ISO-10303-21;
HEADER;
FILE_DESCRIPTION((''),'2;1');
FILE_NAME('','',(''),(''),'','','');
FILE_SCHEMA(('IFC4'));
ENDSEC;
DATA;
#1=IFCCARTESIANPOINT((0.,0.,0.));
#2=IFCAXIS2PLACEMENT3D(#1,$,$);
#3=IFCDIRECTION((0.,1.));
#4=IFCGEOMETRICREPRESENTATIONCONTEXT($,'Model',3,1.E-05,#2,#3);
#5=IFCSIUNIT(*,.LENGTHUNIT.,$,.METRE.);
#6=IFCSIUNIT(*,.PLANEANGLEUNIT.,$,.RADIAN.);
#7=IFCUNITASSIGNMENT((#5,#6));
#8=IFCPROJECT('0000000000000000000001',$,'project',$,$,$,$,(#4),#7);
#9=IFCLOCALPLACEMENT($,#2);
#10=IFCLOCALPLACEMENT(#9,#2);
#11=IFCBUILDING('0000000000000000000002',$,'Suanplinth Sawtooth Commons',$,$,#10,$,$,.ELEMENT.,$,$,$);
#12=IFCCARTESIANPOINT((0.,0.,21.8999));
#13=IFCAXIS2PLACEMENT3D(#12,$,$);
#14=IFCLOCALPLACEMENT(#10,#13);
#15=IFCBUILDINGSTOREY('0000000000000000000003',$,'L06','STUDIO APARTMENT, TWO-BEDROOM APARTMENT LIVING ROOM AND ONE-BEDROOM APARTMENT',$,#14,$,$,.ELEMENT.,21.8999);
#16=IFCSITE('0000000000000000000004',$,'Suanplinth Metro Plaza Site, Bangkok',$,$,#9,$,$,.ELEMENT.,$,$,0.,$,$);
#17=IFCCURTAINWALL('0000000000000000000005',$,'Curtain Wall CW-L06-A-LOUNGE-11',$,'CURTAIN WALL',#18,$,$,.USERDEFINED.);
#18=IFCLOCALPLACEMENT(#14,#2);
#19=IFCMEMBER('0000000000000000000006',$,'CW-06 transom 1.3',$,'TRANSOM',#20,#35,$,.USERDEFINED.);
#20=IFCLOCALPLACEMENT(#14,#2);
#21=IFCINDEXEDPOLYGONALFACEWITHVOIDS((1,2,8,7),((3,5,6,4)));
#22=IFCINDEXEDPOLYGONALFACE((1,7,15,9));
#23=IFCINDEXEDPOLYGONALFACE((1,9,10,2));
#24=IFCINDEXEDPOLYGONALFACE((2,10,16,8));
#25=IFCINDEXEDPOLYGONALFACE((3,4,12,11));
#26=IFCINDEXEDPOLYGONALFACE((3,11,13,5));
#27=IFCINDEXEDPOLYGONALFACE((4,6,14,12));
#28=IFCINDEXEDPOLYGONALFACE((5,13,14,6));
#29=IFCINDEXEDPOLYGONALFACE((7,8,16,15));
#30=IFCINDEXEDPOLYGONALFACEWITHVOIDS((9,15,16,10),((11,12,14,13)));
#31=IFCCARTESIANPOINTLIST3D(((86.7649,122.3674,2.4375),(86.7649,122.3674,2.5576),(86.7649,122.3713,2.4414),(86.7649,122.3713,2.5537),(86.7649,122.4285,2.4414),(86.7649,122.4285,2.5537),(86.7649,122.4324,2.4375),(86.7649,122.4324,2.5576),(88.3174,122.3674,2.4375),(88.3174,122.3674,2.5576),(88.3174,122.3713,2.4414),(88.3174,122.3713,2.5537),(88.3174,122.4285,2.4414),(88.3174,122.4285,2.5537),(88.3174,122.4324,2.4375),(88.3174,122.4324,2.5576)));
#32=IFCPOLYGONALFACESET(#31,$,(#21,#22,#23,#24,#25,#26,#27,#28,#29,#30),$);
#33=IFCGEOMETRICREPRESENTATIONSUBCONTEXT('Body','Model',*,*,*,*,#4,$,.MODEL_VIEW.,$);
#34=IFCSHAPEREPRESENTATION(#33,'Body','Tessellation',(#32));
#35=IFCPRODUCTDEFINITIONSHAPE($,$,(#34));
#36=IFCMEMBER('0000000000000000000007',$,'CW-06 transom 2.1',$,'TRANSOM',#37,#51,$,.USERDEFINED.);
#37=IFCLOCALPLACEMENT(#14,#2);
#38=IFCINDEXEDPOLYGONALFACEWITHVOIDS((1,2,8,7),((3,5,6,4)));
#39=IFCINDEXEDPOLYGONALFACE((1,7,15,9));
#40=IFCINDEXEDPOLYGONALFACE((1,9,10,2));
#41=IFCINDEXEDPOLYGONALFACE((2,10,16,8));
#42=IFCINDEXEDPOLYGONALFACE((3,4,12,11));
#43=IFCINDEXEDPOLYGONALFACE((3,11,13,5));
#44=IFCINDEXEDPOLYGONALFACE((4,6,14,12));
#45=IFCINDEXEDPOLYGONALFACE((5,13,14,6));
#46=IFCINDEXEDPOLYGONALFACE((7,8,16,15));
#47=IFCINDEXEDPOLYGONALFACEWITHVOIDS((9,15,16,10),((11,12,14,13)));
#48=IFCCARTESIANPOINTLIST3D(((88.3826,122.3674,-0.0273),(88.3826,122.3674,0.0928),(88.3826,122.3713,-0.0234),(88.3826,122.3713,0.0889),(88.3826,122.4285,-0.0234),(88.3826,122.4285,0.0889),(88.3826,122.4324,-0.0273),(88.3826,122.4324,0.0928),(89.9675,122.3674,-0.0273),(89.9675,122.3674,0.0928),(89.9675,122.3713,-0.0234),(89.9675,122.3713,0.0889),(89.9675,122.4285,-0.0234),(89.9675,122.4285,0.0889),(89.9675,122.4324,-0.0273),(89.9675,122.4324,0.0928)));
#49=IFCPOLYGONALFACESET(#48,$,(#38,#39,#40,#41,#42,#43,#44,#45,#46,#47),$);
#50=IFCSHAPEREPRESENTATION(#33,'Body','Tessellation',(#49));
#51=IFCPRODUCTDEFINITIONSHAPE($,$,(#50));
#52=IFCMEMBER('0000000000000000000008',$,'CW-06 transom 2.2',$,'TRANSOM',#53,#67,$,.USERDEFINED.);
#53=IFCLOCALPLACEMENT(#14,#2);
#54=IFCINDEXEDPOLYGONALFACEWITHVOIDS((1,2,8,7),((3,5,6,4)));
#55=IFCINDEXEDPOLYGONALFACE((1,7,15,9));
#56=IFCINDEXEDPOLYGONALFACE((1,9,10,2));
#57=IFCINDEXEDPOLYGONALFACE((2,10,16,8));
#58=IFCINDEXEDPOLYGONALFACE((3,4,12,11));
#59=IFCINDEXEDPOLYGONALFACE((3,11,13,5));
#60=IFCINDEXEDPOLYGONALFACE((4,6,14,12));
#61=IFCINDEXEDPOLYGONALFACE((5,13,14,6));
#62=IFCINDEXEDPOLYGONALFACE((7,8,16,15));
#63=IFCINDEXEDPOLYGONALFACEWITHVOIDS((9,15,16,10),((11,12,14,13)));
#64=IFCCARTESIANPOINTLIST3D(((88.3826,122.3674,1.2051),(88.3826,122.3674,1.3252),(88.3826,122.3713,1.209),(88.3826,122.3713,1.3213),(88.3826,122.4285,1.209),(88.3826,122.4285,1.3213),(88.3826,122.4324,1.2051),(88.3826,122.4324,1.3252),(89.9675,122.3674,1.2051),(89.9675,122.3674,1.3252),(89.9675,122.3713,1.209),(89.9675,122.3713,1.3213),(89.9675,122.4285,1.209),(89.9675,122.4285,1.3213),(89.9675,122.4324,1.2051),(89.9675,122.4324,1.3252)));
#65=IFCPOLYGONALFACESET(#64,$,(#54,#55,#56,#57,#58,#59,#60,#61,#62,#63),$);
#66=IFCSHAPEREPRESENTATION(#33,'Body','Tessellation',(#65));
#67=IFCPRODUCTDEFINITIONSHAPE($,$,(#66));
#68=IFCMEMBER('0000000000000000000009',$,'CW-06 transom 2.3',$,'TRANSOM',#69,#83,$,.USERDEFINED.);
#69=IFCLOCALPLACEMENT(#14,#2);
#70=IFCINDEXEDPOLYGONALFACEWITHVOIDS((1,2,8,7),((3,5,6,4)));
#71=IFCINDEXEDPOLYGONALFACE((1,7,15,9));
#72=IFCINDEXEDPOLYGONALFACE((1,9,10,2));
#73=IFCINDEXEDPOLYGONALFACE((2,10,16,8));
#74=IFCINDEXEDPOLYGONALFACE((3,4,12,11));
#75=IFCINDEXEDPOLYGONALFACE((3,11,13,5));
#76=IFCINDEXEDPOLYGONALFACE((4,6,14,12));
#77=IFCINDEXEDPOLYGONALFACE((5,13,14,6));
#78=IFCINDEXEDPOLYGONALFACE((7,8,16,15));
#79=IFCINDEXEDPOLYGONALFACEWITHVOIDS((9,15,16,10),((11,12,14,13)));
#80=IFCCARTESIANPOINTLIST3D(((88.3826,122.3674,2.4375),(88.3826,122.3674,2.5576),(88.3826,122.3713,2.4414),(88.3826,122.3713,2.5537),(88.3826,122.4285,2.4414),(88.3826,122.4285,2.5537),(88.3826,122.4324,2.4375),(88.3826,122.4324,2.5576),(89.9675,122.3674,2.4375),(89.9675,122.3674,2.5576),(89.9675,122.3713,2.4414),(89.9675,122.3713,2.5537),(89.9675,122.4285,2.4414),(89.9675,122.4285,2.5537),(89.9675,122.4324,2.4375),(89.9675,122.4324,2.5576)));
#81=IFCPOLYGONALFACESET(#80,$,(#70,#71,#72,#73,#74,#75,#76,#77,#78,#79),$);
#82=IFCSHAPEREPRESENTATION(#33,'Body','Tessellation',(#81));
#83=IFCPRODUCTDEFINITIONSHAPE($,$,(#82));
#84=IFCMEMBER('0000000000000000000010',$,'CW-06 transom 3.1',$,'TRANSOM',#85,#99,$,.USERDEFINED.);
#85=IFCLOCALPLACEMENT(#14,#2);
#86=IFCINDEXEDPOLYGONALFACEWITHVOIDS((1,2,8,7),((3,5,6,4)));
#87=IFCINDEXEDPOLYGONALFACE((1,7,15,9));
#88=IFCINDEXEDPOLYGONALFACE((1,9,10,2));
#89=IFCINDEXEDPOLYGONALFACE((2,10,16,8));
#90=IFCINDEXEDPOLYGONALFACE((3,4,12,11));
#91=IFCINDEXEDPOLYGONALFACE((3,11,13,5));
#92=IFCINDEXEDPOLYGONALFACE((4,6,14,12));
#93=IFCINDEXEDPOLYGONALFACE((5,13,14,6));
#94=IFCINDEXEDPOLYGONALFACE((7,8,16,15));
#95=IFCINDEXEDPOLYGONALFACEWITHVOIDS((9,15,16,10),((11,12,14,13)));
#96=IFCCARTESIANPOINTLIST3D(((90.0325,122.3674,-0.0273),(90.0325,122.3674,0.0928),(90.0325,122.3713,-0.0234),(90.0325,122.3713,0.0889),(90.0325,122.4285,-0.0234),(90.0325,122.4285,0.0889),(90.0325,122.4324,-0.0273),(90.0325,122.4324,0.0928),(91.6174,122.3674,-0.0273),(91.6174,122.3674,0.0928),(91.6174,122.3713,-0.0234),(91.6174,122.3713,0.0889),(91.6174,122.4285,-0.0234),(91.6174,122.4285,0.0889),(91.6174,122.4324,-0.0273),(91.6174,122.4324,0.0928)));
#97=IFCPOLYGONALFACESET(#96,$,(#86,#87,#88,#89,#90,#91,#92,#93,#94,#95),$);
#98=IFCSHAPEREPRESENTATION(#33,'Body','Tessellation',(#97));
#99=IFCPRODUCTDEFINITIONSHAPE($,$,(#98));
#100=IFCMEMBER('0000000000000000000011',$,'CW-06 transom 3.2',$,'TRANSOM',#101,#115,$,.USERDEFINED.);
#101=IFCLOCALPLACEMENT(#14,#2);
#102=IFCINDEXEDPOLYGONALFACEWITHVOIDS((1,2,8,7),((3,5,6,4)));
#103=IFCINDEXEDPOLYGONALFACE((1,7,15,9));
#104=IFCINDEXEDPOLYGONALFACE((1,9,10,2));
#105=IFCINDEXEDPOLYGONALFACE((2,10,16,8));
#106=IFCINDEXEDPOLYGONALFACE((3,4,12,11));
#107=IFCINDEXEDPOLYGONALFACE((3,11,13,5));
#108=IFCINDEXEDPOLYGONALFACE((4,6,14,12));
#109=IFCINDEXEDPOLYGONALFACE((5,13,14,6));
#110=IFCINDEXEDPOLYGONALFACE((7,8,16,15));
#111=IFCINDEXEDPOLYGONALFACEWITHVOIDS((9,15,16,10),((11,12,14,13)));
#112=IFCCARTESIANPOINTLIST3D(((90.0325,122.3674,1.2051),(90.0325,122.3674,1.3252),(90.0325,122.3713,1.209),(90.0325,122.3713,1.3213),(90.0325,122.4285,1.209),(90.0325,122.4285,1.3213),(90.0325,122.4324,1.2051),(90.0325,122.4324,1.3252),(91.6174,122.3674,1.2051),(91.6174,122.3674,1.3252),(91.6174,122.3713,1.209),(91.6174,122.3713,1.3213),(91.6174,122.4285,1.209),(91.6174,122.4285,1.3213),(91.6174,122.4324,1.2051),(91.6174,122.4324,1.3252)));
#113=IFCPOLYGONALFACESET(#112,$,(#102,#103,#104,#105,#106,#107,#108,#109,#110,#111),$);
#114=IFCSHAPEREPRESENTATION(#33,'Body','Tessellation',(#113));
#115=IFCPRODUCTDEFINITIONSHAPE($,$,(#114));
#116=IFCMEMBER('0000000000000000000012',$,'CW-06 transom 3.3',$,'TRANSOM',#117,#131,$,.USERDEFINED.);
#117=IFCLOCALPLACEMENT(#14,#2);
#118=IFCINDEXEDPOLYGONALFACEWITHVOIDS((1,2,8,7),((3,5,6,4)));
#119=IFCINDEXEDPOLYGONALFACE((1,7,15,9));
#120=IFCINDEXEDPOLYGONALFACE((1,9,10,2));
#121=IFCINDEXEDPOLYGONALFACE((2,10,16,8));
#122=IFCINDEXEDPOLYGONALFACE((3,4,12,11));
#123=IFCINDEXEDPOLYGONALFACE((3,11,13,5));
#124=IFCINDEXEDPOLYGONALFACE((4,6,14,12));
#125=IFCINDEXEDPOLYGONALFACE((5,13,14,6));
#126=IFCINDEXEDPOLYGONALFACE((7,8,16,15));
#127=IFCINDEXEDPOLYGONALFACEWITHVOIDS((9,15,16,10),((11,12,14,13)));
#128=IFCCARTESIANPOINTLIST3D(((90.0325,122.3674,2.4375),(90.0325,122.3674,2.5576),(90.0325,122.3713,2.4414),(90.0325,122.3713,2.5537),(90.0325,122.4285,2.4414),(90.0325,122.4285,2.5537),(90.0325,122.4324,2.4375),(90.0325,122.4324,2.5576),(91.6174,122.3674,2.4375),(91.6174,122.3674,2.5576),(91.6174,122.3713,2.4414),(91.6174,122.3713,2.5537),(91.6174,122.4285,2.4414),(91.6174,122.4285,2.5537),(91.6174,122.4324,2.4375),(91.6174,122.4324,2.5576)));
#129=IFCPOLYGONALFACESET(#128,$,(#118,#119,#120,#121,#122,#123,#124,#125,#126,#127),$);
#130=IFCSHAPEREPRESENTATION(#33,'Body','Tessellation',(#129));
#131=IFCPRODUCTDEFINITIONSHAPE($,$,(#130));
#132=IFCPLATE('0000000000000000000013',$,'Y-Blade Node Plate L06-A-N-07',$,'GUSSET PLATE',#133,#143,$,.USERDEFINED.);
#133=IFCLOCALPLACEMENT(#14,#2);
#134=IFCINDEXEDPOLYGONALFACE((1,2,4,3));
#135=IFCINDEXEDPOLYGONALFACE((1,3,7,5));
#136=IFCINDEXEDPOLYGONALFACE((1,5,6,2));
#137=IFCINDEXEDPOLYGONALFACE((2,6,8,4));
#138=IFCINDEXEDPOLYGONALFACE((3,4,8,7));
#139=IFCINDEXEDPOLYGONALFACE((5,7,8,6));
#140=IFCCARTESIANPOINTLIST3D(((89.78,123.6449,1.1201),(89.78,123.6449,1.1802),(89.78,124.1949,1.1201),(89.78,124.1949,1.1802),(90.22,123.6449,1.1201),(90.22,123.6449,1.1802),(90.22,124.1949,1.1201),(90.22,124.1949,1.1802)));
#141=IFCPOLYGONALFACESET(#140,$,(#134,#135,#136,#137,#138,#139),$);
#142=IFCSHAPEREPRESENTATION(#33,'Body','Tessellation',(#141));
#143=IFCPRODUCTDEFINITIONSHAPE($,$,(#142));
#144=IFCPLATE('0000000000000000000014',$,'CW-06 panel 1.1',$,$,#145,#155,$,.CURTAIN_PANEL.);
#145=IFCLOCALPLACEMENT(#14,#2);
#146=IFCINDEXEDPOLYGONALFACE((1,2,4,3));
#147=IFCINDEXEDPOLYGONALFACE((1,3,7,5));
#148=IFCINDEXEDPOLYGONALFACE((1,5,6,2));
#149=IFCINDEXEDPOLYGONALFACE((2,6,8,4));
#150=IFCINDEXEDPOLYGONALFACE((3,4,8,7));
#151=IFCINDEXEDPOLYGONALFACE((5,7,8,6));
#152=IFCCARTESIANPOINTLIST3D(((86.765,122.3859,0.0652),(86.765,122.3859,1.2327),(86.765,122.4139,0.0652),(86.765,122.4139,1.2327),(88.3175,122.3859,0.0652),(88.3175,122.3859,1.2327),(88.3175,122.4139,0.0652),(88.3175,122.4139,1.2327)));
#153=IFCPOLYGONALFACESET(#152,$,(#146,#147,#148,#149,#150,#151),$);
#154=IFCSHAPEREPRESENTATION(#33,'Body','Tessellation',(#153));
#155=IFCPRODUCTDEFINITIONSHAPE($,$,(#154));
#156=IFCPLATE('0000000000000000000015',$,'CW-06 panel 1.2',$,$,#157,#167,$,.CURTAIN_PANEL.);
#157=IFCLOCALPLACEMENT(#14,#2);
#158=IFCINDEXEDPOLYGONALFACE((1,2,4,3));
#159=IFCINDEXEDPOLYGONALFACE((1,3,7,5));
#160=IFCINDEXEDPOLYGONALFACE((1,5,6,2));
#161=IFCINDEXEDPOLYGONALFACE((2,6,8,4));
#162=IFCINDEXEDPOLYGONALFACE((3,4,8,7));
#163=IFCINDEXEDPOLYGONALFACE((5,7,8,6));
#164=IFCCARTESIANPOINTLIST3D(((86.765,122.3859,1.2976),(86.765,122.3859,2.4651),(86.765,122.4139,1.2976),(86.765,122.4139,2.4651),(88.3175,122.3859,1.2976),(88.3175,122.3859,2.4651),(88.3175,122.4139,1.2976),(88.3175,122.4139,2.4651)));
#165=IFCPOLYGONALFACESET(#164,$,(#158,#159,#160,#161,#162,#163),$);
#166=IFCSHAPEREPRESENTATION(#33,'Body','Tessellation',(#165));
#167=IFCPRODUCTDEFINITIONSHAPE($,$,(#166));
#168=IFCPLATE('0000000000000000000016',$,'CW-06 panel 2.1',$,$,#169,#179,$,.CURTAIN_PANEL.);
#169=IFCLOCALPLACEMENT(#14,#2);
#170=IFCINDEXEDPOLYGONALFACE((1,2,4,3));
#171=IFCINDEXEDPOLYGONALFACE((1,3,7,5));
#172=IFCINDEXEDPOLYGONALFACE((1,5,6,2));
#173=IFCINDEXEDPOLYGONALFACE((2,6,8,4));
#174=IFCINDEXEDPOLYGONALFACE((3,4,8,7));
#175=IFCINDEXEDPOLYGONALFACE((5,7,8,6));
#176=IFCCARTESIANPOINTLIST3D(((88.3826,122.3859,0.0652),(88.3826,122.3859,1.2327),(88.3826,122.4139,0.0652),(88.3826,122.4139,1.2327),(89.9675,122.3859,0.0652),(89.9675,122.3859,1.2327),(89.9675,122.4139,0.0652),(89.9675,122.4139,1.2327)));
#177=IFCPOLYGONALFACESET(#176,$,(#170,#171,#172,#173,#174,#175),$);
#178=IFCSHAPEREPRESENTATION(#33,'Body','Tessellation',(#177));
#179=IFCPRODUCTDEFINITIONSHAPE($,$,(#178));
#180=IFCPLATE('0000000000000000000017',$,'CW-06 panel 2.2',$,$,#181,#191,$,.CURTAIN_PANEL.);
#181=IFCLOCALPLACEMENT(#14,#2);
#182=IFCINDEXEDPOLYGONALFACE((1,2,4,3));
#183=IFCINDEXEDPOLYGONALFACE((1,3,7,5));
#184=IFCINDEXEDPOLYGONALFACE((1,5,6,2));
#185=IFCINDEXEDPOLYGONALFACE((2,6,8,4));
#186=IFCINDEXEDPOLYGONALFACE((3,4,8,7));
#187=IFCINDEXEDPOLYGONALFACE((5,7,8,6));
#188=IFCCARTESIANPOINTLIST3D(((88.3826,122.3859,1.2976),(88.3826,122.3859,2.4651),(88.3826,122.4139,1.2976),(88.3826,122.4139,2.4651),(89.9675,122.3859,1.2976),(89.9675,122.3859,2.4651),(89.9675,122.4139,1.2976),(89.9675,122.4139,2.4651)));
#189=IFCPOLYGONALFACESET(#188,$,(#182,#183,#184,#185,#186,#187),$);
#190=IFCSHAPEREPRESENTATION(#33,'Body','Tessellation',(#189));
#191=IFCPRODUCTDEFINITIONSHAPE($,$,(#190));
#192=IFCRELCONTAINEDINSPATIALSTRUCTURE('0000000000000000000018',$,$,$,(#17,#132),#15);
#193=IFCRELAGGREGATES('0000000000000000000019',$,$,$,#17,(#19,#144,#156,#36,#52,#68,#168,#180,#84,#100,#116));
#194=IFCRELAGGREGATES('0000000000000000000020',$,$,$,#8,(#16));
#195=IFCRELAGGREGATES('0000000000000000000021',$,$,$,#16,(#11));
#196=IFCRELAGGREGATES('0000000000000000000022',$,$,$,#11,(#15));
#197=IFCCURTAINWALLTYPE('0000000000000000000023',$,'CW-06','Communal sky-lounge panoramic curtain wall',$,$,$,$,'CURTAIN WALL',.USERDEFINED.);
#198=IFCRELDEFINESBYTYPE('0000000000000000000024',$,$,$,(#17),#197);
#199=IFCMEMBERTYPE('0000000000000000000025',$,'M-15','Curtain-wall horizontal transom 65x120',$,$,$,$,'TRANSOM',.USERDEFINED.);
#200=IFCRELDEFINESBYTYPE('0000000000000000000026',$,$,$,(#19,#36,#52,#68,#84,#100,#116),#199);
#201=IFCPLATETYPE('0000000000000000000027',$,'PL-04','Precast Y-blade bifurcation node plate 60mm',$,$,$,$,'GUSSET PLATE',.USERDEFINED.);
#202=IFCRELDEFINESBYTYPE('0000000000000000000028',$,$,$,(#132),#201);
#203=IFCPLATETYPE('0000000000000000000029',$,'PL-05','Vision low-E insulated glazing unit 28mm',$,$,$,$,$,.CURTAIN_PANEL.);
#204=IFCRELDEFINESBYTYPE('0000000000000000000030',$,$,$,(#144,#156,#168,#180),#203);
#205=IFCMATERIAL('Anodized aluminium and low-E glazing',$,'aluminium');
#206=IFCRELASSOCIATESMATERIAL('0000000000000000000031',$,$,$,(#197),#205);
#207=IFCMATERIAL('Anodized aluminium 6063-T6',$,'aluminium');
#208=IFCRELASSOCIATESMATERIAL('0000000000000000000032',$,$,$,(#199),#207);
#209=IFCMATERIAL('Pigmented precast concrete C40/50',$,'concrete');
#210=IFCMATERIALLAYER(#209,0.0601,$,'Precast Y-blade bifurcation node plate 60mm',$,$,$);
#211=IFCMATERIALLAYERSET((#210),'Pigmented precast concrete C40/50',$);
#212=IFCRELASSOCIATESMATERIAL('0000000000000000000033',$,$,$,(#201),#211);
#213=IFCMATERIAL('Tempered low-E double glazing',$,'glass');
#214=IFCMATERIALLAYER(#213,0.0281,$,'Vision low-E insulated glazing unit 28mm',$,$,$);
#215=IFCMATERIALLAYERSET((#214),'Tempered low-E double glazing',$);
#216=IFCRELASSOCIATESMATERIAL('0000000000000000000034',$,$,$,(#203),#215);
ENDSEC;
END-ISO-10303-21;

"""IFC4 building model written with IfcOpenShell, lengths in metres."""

from ifc_helpers import new_model, si_unit, direction, frame, origin, origin_2d, place, context, subcontext, project, spatial, rectangle, hollow_rectangle, extrude, material, layer, layer_set, material_profile, profile_set, type_object, element, aggregate, save


model = new_model("IFC4")

# Units and contexts
model_context = context("Model", 3, precision=1e-05, world=origin(), true_north=direction((0.0, 1.0)))
body_context = subcontext(model_context, "Body", "Model", "MODEL_VIEW")
ifc_project = project(units=[si_unit("LENGTHUNIT", "METRE"), si_unit("PLANEANGLEUNIT", "RADIAN")], contexts=[model_context])

# Site, building, storey
site_placement = place(None, origin())
site = spatial("IfcSite", under=ifc_project, at=site_placement, Name="Suanplinth Metro Plaza Site, Bangkok", CompositionType="ELEMENT", RefElevation=0.0)
building_placement = place(site_placement, origin())
building = spatial("IfcBuilding", under=site, at=building_placement, Name="Suanplinth Sawtooth Commons", CompositionType="ELEMENT")
storey_placement = place(building_placement, frame((0.0, 0.0, 21.8999)))
storey = spatial("IfcBuildingStorey", under=building, at=storey_placement, Name="L06", Description="STUDIO APARTMENT, TWO-BEDROOM APARTMENT LIVING ROOM AND ONE-BEDROOM APARTMENT", CompositionType="ELEMENT", Elevation=21.8999)

# Shared definitions
ifc_material_1 = material(Name="Pigmented precast concrete C40/50", Category="concrete")

# Curtain wall, members
ifc_material_2 = material(Name="Anodized aluminium and low-E glazing", Category="aluminium")
curtain_wall_type = type_object("IfcCurtainWallType", Name="CW-06", Description="Communal sky-lounge panoramic curtain wall", ElementType="CURTAIN WALL", PredefinedType="USERDEFINED", material=ifc_material_2)
curtain_wall_placement = place(storey_placement, origin())
curtain_wall = element("IfcCurtainWall", 1, at=curtain_wall_placement, inside=storey, type_object=curtain_wall_type, Name="Curtain Wall CW-L06-A-LOUNGE-11", ObjectType="CURTAIN WALL", PredefinedType="USERDEFINED")
ifc_material_3 = material(Name="Anodized aluminium 6063-T6", Category="aluminium")
ifc_material_profile_1 = material_profile(ifc_material_3, hollow_rectangle(XDim=0.0649, YDim=0.1201, WallThickness=0.0039, at=origin_2d()), Name="ALU-TRN 65x120")
ifc_profile_set_1 = profile_set([ifc_material_profile_1], Name="Anodized aluminium 6063-T6")
member_type_1 = type_object("IfcMemberType", Name="M-15", Description="Curtain-wall horizontal transom 65x120", ElementType="TRANSOM", PredefinedType="USERDEFINED", material=ifc_profile_set_1)
member_1_placement = place(storey_placement, frame((86.7649, 122.3999, 2.4976), z_axis=(1.0, 0.0, 0.0), x_axis=(0.0, 1.0, 0.0)))
member_1 = element("IfcMember", 2, at=member_1_placement, type_object=member_type_1, Name="CW-06 transom 1.3", ObjectType="TRANSOM", PredefinedType="USERDEFINED", context=body_context, shape_type="SweptSolid", body=[
    extrude(hollow_rectangle(XDim=0.0649, YDim=0.1201, WallThickness=0.0039, at=origin_2d()), origin(), (0.0, 0.0, 1.0), 1.5525),
])
member_2_placement = place(storey_placement, frame((88.3826, 122.3999, 0.0327), z_axis=(1.0, 0.0, 0.0), x_axis=(0.0, 1.0, 0.0)))
member_2 = element("IfcMember", 3, at=member_2_placement, type_object=member_type_1, Name="CW-06 transom 2.1", ObjectType="TRANSOM", PredefinedType="USERDEFINED", context=body_context, shape_type="SweptSolid", body=[
    extrude(hollow_rectangle(XDim=0.0649, YDim=0.1201, WallThickness=0.0039, at=origin_2d()), origin(), (0.0, 0.0, 1.0), 1.585),
])
member_3_placement = place(storey_placement, frame((88.3826, 122.3999, 1.2651), z_axis=(1.0, 0.0, 0.0), x_axis=(0.0, 1.0, 0.0)))
member_3 = element("IfcMember", 4, at=member_3_placement, type_object=member_type_1, Name="CW-06 transom 2.2", ObjectType="TRANSOM", PredefinedType="USERDEFINED", context=body_context, shape_type="SweptSolid", body=[
    extrude(hollow_rectangle(XDim=0.0649, YDim=0.1201, WallThickness=0.0039, at=origin_2d()), origin(), (0.0, 0.0, 1.0), 1.585),
])
member_4_placement = place(storey_placement, frame((88.3826, 122.3999, 2.4976), z_axis=(1.0, 0.0, 0.0), x_axis=(0.0, 1.0, 0.0)))
member_4 = element("IfcMember", 5, at=member_4_placement, type_object=member_type_1, Name="CW-06 transom 2.3", ObjectType="TRANSOM", PredefinedType="USERDEFINED", context=body_context, shape_type="SweptSolid", body=[
    extrude(hollow_rectangle(XDim=0.0649, YDim=0.1201, WallThickness=0.0039, at=origin_2d()), origin(), (0.0, 0.0, 1.0), 1.585),
])
member_5_placement = place(storey_placement, frame((90.0325, 122.3999, 0.0327), z_axis=(1.0, 0.0, 0.0), x_axis=(0.0, 1.0, 0.0)))
member_5 = element("IfcMember", 6, at=member_5_placement, type_object=member_type_1, Name="CW-06 transom 3.1", ObjectType="TRANSOM", PredefinedType="USERDEFINED", context=body_context, shape_type="SweptSolid", body=[
    extrude(hollow_rectangle(XDim=0.0649, YDim=0.1201, WallThickness=0.0039, at=origin_2d()), origin(), (0.0, 0.0, 1.0), 1.585),
])
member_6_placement = place(storey_placement, frame((90.0325, 122.3999, 1.2651), z_axis=(1.0, 0.0, 0.0), x_axis=(0.0, 1.0, 0.0)))
member_6 = element("IfcMember", 7, at=member_6_placement, type_object=member_type_1, Name="CW-06 transom 3.2", ObjectType="TRANSOM", PredefinedType="USERDEFINED", context=body_context, shape_type="SweptSolid", body=[
    extrude(hollow_rectangle(XDim=0.0649, YDim=0.1201, WallThickness=0.0039, at=origin_2d()), origin(), (0.0, 0.0, 1.0), 1.585),
])
member_7_placement = place(storey_placement, frame((90.0325, 122.3999, 2.4976), z_axis=(1.0, 0.0, 0.0), x_axis=(0.0, 1.0, 0.0)))
member_7 = element("IfcMember", 8, at=member_7_placement, type_object=member_type_1, Name="CW-06 transom 3.3", ObjectType="TRANSOM", PredefinedType="USERDEFINED", context=body_context, shape_type="SweptSolid", body=[
    extrude(hollow_rectangle(XDim=0.0649, YDim=0.1201, WallThickness=0.0039, at=origin_2d()), origin(), (0.0, 0.0, 1.0), 1.585),
])

# Plates
ifc_layer_1 = layer(ifc_material_1, 0.0601, Name="Precast Y-blade bifurcation node plate 60mm")
ifc_layer_set_1 = layer_set([ifc_layer_1], Name="Pigmented precast concrete C40/50")
plate_type_1 = type_object("IfcPlateType", Name="PL-04", Description="Precast Y-blade bifurcation node plate 60mm", ElementType="GUSSET PLATE", PredefinedType="USERDEFINED", material=ifc_layer_set_1)
plate_1_placement = place(storey_placement, frame((90.0, 123.9199, 1.1201), z_axis=(0.0, 0.0, 1.0), x_axis=(1.0, 0.0, 0.0)))
element("IfcPlate", 9, at=plate_1_placement, inside=storey, type_object=plate_type_1, Name="Y-Blade Node Plate L06-A-N-07", ObjectType="GUSSET PLATE", PredefinedType="USERDEFINED", context=body_context, shape_type="SweptSolid", body=[
    extrude(rectangle(XDim=0.4399, YDim=0.55, at=origin_2d()), origin(), (0.0, 0.0, 1.0), 0.0601),
])
ifc_material_4 = material(Name="Tempered low-E double glazing", Category="glass")
ifc_layer_2 = layer(ifc_material_4, 0.0281, Name="Vision low-E insulated glazing unit 28mm")
ifc_layer_set_2 = layer_set([ifc_layer_2], Name="Tempered low-E double glazing")
plate_type_2 = type_object("IfcPlateType", Name="PL-05", Description="Vision low-E insulated glazing unit 28mm", PredefinedType="CURTAIN_PANEL", material=ifc_layer_set_2)
plate_2_placement = place(storey_placement, frame((87.5413, 122.3999, 0.0652), z_axis=(0.0, 0.0, 1.0), x_axis=(1.0, 0.0, 0.0)))
plate_2 = element("IfcPlate", 10, at=plate_2_placement, type_object=plate_type_2, Name="CW-06 panel 1.1", PredefinedType="CURTAIN_PANEL", context=body_context, shape_type="SweptSolid", body=[
    extrude(rectangle(XDim=1.5525, YDim=0.0281, at=origin_2d()), origin(), (0.0, 0.0, 1.0), 1.1675),
])
plate_3_placement = place(storey_placement, frame((87.5413, 122.3999, 1.2976), z_axis=(0.0, 0.0, 1.0), x_axis=(1.0, 0.0, 0.0)))
plate_3 = element("IfcPlate", 11, at=plate_3_placement, type_object=plate_type_2, Name="CW-06 panel 1.2", PredefinedType="CURTAIN_PANEL", context=body_context, shape_type="SweptSolid", body=[
    extrude(rectangle(XDim=1.5525, YDim=0.0281, at=origin_2d()), origin(), (0.0, 0.0, 1.0), 1.1675),
])
plate_4_placement = place(storey_placement, frame((89.175, 122.3999, 0.0652), z_axis=(0.0, 0.0, 1.0), x_axis=(1.0, 0.0, 0.0)))
plate_4 = element("IfcPlate", 12, at=plate_4_placement, type_object=plate_type_2, Name="CW-06 panel 2.1", PredefinedType="CURTAIN_PANEL", context=body_context, shape_type="SweptSolid", body=[
    extrude(rectangle(XDim=1.585, YDim=0.0281, at=origin_2d()), origin(), (0.0, 0.0, 1.0), 1.1675),
])
plate_5_placement = place(storey_placement, frame((89.175, 122.3999, 1.2976), z_axis=(0.0, 0.0, 1.0), x_axis=(1.0, 0.0, 0.0)))
plate_5 = element("IfcPlate", 13, at=plate_5_placement, type_object=plate_type_2, Name="CW-06 panel 2.2", PredefinedType="CURTAIN_PANEL", context=body_context, shape_type="SweptSolid", body=[
    extrude(rectangle(XDim=1.585, YDim=0.0281, at=origin_2d()), origin(), (0.0, 0.0, 1.0), 1.1675),
])
aggregate(curtain_wall, [member_1, plate_2, plate_3, member_2, member_3, member_4, plate_4, plate_5, member_5, member_6, member_7])

save(model, "model.ifc")
